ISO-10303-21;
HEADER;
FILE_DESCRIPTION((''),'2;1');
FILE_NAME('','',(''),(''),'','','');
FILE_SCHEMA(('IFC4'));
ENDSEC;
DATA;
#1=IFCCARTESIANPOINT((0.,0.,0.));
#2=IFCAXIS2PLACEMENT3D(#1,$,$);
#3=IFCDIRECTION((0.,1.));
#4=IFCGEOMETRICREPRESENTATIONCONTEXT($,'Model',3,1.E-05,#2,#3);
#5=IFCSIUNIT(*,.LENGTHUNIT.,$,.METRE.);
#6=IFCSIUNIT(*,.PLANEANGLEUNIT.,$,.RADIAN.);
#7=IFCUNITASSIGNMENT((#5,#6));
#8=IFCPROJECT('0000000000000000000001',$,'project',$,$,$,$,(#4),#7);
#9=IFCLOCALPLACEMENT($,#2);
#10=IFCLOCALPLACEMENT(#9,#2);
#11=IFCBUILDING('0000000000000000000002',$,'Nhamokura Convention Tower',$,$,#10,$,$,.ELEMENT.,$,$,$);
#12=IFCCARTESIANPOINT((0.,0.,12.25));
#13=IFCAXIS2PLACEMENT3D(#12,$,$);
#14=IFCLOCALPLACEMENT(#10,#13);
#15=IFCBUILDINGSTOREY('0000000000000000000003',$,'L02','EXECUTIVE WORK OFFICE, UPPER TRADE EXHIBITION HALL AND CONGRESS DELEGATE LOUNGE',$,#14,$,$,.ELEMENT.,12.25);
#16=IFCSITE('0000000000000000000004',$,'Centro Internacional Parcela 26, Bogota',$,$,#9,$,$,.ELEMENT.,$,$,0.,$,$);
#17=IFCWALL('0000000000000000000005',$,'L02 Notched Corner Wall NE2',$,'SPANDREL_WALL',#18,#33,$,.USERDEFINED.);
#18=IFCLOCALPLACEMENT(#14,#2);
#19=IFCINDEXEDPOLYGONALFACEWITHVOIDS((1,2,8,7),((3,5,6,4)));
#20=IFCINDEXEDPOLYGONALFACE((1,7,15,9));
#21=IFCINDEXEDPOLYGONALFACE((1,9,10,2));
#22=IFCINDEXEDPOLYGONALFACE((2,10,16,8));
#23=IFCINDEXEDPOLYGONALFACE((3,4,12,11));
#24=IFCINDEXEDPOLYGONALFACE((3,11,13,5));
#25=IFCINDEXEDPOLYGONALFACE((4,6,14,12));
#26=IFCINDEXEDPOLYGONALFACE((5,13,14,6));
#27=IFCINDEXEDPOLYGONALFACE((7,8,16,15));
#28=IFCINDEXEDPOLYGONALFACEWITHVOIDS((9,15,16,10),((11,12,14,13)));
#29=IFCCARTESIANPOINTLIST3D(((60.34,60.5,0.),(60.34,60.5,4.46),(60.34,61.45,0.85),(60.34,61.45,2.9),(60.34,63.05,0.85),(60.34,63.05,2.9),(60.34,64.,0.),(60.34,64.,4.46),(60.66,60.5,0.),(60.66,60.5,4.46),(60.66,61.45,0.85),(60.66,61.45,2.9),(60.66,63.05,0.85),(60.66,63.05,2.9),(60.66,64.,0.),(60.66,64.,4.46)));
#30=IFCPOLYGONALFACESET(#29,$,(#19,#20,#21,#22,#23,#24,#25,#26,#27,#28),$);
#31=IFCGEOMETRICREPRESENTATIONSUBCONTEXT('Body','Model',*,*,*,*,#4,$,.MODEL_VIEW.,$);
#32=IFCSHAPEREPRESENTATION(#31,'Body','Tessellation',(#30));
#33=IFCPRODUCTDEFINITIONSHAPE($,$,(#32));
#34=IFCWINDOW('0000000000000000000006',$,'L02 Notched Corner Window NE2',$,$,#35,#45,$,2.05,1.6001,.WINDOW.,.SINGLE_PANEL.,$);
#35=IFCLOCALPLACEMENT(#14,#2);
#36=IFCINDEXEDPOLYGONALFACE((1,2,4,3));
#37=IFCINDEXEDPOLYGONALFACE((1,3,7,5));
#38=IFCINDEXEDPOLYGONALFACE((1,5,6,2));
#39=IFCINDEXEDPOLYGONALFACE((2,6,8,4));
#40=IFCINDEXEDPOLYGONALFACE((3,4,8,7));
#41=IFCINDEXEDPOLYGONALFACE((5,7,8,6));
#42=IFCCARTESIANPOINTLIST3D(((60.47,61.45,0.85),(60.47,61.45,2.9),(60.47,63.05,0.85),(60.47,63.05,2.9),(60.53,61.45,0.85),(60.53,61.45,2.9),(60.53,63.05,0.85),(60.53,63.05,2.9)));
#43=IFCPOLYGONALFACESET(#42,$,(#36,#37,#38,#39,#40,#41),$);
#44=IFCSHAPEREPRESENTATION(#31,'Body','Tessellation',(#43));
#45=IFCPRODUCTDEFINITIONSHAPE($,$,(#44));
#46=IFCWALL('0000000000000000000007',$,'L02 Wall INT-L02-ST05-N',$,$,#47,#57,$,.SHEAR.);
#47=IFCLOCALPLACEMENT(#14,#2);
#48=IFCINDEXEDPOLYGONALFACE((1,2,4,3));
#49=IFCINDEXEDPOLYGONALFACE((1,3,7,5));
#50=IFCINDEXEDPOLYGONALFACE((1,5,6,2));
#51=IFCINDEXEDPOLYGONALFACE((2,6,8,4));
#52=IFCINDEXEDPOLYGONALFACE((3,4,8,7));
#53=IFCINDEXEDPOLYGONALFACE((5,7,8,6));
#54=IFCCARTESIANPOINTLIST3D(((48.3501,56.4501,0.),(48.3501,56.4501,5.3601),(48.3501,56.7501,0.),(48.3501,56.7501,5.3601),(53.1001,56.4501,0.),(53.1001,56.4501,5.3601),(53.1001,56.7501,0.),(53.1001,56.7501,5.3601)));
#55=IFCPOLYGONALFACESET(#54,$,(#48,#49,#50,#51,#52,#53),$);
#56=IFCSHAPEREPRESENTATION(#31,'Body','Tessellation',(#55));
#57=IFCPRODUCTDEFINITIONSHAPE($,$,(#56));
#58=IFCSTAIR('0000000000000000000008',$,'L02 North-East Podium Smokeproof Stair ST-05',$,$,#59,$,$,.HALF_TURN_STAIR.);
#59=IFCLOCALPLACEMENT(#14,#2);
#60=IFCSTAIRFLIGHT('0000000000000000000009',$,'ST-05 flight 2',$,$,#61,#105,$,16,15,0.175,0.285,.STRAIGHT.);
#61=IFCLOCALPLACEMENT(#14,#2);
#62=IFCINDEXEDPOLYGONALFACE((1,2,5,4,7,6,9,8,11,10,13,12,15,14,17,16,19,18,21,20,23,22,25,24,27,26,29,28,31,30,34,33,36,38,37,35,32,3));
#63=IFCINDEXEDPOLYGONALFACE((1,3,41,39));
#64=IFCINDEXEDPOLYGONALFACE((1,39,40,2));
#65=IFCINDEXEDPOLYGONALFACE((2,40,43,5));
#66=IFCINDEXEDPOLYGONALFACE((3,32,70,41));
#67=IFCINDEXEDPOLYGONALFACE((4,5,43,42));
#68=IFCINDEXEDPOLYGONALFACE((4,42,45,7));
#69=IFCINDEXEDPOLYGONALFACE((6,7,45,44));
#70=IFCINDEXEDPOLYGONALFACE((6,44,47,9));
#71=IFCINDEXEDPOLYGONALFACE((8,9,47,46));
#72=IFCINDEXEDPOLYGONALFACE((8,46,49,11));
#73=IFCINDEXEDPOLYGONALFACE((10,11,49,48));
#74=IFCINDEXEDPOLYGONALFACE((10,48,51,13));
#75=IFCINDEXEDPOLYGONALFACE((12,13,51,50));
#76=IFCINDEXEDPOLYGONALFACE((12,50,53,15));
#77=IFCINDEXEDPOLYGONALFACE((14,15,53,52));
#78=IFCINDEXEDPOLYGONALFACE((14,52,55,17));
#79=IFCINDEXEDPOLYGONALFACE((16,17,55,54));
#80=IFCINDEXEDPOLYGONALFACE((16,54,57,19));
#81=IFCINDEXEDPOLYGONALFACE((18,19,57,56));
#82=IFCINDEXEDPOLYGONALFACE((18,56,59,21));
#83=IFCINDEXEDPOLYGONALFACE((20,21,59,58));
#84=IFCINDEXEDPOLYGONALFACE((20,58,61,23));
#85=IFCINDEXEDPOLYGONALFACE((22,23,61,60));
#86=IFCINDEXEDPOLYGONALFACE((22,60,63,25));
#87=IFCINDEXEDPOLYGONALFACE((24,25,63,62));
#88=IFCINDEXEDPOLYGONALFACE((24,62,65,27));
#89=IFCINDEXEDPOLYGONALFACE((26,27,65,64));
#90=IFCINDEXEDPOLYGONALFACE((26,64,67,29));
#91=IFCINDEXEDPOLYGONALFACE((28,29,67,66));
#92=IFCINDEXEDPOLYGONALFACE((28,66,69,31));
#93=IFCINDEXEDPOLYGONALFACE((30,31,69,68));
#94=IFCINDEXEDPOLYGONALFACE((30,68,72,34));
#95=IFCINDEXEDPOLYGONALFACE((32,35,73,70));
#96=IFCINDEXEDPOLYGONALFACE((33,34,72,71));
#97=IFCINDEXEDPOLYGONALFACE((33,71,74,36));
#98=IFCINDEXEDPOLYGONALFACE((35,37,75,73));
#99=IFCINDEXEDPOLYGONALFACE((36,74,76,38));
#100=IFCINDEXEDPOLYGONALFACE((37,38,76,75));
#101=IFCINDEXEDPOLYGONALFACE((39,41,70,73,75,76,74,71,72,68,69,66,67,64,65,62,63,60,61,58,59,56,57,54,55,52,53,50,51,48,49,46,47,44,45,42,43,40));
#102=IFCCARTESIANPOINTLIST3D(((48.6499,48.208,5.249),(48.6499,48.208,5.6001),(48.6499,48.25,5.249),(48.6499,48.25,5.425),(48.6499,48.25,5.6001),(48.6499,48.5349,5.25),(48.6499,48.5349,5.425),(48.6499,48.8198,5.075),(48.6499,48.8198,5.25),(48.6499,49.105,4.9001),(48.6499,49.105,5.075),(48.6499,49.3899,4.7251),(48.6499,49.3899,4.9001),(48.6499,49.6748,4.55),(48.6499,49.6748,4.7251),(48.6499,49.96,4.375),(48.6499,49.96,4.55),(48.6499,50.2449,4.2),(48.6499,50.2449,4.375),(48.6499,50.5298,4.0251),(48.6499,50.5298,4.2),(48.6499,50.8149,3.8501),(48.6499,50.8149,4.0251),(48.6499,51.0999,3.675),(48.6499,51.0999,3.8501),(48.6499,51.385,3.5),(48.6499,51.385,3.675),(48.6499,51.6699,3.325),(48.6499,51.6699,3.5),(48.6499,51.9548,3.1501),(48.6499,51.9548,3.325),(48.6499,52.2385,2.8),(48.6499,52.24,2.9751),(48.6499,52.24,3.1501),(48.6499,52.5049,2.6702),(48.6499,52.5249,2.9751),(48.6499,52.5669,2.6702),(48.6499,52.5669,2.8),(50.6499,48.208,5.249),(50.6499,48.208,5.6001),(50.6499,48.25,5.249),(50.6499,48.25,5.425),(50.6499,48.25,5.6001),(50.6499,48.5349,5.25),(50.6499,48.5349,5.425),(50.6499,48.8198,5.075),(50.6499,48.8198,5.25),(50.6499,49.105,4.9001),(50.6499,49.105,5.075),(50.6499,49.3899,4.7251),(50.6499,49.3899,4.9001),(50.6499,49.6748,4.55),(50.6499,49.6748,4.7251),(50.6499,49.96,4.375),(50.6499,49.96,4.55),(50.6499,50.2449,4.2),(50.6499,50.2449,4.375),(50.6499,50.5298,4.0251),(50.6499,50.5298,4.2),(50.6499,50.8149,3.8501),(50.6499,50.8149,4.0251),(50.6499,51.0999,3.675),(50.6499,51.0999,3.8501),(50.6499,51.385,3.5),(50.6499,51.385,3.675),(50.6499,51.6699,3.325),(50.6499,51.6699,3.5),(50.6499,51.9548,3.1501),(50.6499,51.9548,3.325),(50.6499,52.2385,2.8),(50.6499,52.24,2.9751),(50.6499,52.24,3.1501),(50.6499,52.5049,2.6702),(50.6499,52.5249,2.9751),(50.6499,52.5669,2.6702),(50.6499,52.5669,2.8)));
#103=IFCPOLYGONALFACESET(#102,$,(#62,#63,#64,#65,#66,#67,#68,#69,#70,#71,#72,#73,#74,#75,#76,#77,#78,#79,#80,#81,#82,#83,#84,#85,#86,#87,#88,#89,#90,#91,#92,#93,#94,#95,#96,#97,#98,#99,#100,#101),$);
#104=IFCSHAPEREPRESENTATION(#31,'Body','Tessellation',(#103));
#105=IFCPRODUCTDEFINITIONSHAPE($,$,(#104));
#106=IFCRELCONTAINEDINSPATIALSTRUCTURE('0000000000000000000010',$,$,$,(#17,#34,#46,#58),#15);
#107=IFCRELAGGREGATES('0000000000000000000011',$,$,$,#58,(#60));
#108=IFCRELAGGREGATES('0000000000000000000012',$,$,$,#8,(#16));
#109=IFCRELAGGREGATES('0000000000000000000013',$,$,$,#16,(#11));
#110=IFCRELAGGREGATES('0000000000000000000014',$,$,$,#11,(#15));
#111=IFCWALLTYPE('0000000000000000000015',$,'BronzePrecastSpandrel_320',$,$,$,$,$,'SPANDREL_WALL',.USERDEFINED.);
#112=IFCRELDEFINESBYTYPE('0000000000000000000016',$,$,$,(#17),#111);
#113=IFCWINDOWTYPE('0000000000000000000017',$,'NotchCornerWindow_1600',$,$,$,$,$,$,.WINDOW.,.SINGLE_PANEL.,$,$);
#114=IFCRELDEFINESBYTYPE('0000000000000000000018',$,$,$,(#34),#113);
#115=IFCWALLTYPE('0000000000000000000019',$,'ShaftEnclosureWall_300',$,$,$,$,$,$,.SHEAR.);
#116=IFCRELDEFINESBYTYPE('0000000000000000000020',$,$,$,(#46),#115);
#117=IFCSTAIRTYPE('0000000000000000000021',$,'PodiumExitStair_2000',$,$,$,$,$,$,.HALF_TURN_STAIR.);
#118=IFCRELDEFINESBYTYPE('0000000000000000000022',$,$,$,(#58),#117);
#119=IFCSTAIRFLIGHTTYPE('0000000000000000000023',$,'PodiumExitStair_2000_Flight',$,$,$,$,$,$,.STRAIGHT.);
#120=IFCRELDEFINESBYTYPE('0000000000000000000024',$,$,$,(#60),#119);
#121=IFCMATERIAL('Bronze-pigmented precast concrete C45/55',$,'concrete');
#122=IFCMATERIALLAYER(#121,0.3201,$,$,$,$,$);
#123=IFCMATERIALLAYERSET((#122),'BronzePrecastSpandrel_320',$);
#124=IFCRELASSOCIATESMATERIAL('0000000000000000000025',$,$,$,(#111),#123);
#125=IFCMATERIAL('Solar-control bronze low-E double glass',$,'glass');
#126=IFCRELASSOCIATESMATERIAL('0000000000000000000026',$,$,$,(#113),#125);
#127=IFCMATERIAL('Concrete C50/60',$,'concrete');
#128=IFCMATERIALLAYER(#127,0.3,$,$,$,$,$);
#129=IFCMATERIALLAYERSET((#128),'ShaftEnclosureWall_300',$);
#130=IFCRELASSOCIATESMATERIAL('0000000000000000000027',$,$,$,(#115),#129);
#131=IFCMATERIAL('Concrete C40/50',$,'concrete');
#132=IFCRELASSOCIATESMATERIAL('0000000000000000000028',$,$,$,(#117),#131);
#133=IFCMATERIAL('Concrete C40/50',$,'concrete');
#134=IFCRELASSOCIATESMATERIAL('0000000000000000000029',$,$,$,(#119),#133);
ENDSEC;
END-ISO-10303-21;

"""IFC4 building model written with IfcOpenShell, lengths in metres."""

from ifc_helpers import new_model, si_unit, direction, frame, frame_2d, origin, place, context, subcontext, project, spatial, polyline, rectangle, outline, extrude, material, layer, layer_set, type_object, element, fill, aggregate, save


model = new_model("IFC4")

# Units and contexts
model_context = context("Model", 3, precision=1e-05, world=origin(), true_north=direction((0.0, 1.0)))
body_context = subcontext(model_context, "Body", "Model", "MODEL_VIEW")
ifc_project = project(units=[si_unit("LENGTHUNIT", "METRE"), si_unit("PLANEANGLEUNIT", "RADIAN")], contexts=[model_context])

# Site, building, storey
site_placement = place(None, origin())
site = spatial("IfcSite", under=ifc_project, at=site_placement, Name="Centro Internacional Parcela 26, Bogota", CompositionType="ELEMENT", RefElevation=0.0)
building_placement = place(site_placement, origin())
building = spatial("IfcBuilding", under=site, at=building_placement, Name="Nhamokura Convention Tower", CompositionType="ELEMENT")
storey_placement = place(building_placement, frame((0.0, 0.0, 12.25)))
storey = spatial("IfcBuildingStorey", under=building, at=storey_placement, Name="L02", Description="EXECUTIVE WORK OFFICE, UPPER TRADE EXHIBITION HALL AND CONGRESS DELEGATE LOUNGE", CompositionType="ELEMENT", Elevation=12.25)

# Shared definitions
ifc_material_1 = material(Name="Bronze-pigmented precast concrete C45/55", Category="concrete")
ifc_layer_1 = layer(ifc_material_1, 0.3201)
ifc_layer_set_1 = layer_set([ifc_layer_1], Name="BronzePrecastSpandrel_320")
wall_type_1 = type_object("IfcWallType", Name="BronzePrecastSpandrel_320", ElementType="SPANDREL_WALL", PredefinedType="USERDEFINED", material=ifc_layer_set_1)

# Wall, opening, window
ifc_material_2 = material(Name="Solar-control bronze low-E double glass", Category="glass")
window_type = type_object("IfcWindowType", Name="NotchCornerWindow_1600", PartitioningType="SINGLE_PANEL", PredefinedType="WINDOW", material=ifc_material_2)
wall_1_placement = place(storey_placement, frame((60.5, 64.0, 0.0), z_axis=(0.0, 0.0, 1.0), x_axis=(0.0, -1.0, 0.0)))
wall_1 = element("IfcWall", 1, at=wall_1_placement, inside=storey, type_object=wall_type_1, Name="L02 Notched Corner Wall NE2", ObjectType="SPANDREL_WALL", PredefinedType="USERDEFINED", context=body_context, shape_type="SweptSolid", body=[
    extrude(rectangle(XDim=3.5, YDim=0.3201, at=frame_2d((1.75, 0.0))), origin(), (0.0, 0.0, 1.0), 4.46),
])
opening_1_placement = place(wall_1_placement, frame((0.95, 0.0, 0.8501)))
opening_1 = element("IfcOpeningElement", 2, at=opening_1_placement, cuts=wall_1, PredefinedType="OPENING", context=body_context, shape_type="SweptSolid", body=[
    extrude(rectangle(XDim=1.6001, YDim=2.05, at=frame_2d((0.8, 1.0249))), frame((0.0, 0.1699, 0.0), z_axis=(0.0, -1.0, 0.0), x_axis=(1.0, 0.0, 0.0)), (0.0, 0.0, 1.0), 0.3401),
])
window_1_placement = place(opening_1_placement, origin())
window_1 = element("IfcWindow", 3, at=window_1_placement, inside=storey, type_object=window_type, Name="L02 Notched Corner Window NE2", OverallHeight=2.05, OverallWidth=1.6001, PartitioningType="SINGLE_PANEL", PredefinedType="WINDOW", context=body_context, shape_type="SweptSolid", body=[
    extrude(rectangle(XDim=1.6001, YDim=2.05, at=frame_2d((0.8, 1.0249))), frame((0.0, 0.03, 0.0), z_axis=(0.0, -1.0, 0.0), x_axis=(1.0, 0.0, 0.0)), (0.0, 0.0, 1.0), 0.0601),
])
fill(opening_1, window_1)

# Wall
ifc_material_3 = material(Name="Concrete C50/60", Category="concrete")
ifc_layer_2 = layer(ifc_material_3, 0.3)
ifc_layer_set_2 = layer_set([ifc_layer_2], Name="ShaftEnclosureWall_300")
wall_type_2 = type_object("IfcWallType", Name="ShaftEnclosureWall_300", PredefinedType="SHEAR", material=ifc_layer_set_2)
wall_2_placement = place(storey_placement, frame((48.3501, 56.6001, 0.0), z_axis=(0.0, 0.0, 1.0), x_axis=(1.0, 0.0, 0.0)))
element("IfcWall", 4, at=wall_2_placement, inside=storey, type_object=wall_type_2, Name="L02 Wall INT-L02-ST05-N", PredefinedType="SHEAR", context=body_context, shape_type="SweptSolid", body=[
    extrude(rectangle(XDim=4.75, YDim=0.3, at=frame_2d((2.375, 0.0))), origin(), (0.0, 0.0, 1.0), 5.3601),
])

# Stair, stair flight
ifc_material_4 = material(Name="Concrete C40/50", Category="concrete")
stair_type = type_object("IfcStairType", Name="PodiumExitStair_2000", PredefinedType="HALF_TURN_STAIR", material=ifc_material_4)
stair_placement = place(storey_placement, origin())
stair = element("IfcStair", 5, at=stair_placement, inside=storey, type_object=stair_type, Name="L02 North-East Podium Smokeproof Stair ST-05", PredefinedType="HALF_TURN_STAIR")
ifc_material_5 = material(Name="Concrete C40/50", Category="concrete")
stair_flight_type = type_object("IfcStairFlightType", Name="PodiumExitStair_2000_Flight", PredefinedType="STRAIGHT", material=ifc_material_5)
stair_flight_placement = place(storey_placement, frame((49.6499, 52.5249, 2.8), z_axis=(0.0, 0.0, 1.0), x_axis=(0.0, -1.0, 0.0)))
stair_flight = element("IfcStairFlight", 6, at=stair_flight_placement, type_object=stair_flight_type, Name="ST-05 flight 2", NumberOfRisers=16, NumberOfTreads=15, PredefinedType="STRAIGHT", RiserHeight=0.175, TreadLength=0.285, context=body_context, shape_type="SweptSolid", body=[
    extrude(outline(polyline([(-0.042, 0.0), (0.0, 0.175), (0.2849, 0.175), (0.2849, 0.3501), (0.5701, 0.3501), (0.5701, 0.5249), (0.855, 0.5249), (0.855, 0.7), (1.1399, 0.7), (1.1399, 0.875), (1.425, 0.875), (1.425, 1.05), (1.71, 1.05), (1.71, 1.2251), (1.9951, 1.2251), (1.9951, 1.3999), (2.28, 1.3999), (2.28, 1.575), (2.5649, 1.575), (2.5649, 1.75), (2.8501, 1.75), (2.8501, 1.925), (3.135, 1.925), (3.135, 2.1001), (3.4199, 2.1001), (3.4199, 2.2749), (3.7051, 2.2749), (3.7051, 2.45), (3.99, 2.45), (3.99, 2.625), (4.2749, 2.625), (4.2749, 2.8), (4.3169, 2.8), (4.3169, 2.449), (4.2749, 2.449), (0.2864, 0.0), (0.02, -0.1299), (-0.042, -0.1299), (-0.042, 0.0)])), frame((0.0, 1.0, 0.0), z_axis=(0.0, -1.0, 0.0), x_axis=(1.0, 0.0, 0.0)), (0.0, 0.0, 1.0), 2.0),
])
aggregate(stair, [stair_flight])

save(model, "model.ifc")
